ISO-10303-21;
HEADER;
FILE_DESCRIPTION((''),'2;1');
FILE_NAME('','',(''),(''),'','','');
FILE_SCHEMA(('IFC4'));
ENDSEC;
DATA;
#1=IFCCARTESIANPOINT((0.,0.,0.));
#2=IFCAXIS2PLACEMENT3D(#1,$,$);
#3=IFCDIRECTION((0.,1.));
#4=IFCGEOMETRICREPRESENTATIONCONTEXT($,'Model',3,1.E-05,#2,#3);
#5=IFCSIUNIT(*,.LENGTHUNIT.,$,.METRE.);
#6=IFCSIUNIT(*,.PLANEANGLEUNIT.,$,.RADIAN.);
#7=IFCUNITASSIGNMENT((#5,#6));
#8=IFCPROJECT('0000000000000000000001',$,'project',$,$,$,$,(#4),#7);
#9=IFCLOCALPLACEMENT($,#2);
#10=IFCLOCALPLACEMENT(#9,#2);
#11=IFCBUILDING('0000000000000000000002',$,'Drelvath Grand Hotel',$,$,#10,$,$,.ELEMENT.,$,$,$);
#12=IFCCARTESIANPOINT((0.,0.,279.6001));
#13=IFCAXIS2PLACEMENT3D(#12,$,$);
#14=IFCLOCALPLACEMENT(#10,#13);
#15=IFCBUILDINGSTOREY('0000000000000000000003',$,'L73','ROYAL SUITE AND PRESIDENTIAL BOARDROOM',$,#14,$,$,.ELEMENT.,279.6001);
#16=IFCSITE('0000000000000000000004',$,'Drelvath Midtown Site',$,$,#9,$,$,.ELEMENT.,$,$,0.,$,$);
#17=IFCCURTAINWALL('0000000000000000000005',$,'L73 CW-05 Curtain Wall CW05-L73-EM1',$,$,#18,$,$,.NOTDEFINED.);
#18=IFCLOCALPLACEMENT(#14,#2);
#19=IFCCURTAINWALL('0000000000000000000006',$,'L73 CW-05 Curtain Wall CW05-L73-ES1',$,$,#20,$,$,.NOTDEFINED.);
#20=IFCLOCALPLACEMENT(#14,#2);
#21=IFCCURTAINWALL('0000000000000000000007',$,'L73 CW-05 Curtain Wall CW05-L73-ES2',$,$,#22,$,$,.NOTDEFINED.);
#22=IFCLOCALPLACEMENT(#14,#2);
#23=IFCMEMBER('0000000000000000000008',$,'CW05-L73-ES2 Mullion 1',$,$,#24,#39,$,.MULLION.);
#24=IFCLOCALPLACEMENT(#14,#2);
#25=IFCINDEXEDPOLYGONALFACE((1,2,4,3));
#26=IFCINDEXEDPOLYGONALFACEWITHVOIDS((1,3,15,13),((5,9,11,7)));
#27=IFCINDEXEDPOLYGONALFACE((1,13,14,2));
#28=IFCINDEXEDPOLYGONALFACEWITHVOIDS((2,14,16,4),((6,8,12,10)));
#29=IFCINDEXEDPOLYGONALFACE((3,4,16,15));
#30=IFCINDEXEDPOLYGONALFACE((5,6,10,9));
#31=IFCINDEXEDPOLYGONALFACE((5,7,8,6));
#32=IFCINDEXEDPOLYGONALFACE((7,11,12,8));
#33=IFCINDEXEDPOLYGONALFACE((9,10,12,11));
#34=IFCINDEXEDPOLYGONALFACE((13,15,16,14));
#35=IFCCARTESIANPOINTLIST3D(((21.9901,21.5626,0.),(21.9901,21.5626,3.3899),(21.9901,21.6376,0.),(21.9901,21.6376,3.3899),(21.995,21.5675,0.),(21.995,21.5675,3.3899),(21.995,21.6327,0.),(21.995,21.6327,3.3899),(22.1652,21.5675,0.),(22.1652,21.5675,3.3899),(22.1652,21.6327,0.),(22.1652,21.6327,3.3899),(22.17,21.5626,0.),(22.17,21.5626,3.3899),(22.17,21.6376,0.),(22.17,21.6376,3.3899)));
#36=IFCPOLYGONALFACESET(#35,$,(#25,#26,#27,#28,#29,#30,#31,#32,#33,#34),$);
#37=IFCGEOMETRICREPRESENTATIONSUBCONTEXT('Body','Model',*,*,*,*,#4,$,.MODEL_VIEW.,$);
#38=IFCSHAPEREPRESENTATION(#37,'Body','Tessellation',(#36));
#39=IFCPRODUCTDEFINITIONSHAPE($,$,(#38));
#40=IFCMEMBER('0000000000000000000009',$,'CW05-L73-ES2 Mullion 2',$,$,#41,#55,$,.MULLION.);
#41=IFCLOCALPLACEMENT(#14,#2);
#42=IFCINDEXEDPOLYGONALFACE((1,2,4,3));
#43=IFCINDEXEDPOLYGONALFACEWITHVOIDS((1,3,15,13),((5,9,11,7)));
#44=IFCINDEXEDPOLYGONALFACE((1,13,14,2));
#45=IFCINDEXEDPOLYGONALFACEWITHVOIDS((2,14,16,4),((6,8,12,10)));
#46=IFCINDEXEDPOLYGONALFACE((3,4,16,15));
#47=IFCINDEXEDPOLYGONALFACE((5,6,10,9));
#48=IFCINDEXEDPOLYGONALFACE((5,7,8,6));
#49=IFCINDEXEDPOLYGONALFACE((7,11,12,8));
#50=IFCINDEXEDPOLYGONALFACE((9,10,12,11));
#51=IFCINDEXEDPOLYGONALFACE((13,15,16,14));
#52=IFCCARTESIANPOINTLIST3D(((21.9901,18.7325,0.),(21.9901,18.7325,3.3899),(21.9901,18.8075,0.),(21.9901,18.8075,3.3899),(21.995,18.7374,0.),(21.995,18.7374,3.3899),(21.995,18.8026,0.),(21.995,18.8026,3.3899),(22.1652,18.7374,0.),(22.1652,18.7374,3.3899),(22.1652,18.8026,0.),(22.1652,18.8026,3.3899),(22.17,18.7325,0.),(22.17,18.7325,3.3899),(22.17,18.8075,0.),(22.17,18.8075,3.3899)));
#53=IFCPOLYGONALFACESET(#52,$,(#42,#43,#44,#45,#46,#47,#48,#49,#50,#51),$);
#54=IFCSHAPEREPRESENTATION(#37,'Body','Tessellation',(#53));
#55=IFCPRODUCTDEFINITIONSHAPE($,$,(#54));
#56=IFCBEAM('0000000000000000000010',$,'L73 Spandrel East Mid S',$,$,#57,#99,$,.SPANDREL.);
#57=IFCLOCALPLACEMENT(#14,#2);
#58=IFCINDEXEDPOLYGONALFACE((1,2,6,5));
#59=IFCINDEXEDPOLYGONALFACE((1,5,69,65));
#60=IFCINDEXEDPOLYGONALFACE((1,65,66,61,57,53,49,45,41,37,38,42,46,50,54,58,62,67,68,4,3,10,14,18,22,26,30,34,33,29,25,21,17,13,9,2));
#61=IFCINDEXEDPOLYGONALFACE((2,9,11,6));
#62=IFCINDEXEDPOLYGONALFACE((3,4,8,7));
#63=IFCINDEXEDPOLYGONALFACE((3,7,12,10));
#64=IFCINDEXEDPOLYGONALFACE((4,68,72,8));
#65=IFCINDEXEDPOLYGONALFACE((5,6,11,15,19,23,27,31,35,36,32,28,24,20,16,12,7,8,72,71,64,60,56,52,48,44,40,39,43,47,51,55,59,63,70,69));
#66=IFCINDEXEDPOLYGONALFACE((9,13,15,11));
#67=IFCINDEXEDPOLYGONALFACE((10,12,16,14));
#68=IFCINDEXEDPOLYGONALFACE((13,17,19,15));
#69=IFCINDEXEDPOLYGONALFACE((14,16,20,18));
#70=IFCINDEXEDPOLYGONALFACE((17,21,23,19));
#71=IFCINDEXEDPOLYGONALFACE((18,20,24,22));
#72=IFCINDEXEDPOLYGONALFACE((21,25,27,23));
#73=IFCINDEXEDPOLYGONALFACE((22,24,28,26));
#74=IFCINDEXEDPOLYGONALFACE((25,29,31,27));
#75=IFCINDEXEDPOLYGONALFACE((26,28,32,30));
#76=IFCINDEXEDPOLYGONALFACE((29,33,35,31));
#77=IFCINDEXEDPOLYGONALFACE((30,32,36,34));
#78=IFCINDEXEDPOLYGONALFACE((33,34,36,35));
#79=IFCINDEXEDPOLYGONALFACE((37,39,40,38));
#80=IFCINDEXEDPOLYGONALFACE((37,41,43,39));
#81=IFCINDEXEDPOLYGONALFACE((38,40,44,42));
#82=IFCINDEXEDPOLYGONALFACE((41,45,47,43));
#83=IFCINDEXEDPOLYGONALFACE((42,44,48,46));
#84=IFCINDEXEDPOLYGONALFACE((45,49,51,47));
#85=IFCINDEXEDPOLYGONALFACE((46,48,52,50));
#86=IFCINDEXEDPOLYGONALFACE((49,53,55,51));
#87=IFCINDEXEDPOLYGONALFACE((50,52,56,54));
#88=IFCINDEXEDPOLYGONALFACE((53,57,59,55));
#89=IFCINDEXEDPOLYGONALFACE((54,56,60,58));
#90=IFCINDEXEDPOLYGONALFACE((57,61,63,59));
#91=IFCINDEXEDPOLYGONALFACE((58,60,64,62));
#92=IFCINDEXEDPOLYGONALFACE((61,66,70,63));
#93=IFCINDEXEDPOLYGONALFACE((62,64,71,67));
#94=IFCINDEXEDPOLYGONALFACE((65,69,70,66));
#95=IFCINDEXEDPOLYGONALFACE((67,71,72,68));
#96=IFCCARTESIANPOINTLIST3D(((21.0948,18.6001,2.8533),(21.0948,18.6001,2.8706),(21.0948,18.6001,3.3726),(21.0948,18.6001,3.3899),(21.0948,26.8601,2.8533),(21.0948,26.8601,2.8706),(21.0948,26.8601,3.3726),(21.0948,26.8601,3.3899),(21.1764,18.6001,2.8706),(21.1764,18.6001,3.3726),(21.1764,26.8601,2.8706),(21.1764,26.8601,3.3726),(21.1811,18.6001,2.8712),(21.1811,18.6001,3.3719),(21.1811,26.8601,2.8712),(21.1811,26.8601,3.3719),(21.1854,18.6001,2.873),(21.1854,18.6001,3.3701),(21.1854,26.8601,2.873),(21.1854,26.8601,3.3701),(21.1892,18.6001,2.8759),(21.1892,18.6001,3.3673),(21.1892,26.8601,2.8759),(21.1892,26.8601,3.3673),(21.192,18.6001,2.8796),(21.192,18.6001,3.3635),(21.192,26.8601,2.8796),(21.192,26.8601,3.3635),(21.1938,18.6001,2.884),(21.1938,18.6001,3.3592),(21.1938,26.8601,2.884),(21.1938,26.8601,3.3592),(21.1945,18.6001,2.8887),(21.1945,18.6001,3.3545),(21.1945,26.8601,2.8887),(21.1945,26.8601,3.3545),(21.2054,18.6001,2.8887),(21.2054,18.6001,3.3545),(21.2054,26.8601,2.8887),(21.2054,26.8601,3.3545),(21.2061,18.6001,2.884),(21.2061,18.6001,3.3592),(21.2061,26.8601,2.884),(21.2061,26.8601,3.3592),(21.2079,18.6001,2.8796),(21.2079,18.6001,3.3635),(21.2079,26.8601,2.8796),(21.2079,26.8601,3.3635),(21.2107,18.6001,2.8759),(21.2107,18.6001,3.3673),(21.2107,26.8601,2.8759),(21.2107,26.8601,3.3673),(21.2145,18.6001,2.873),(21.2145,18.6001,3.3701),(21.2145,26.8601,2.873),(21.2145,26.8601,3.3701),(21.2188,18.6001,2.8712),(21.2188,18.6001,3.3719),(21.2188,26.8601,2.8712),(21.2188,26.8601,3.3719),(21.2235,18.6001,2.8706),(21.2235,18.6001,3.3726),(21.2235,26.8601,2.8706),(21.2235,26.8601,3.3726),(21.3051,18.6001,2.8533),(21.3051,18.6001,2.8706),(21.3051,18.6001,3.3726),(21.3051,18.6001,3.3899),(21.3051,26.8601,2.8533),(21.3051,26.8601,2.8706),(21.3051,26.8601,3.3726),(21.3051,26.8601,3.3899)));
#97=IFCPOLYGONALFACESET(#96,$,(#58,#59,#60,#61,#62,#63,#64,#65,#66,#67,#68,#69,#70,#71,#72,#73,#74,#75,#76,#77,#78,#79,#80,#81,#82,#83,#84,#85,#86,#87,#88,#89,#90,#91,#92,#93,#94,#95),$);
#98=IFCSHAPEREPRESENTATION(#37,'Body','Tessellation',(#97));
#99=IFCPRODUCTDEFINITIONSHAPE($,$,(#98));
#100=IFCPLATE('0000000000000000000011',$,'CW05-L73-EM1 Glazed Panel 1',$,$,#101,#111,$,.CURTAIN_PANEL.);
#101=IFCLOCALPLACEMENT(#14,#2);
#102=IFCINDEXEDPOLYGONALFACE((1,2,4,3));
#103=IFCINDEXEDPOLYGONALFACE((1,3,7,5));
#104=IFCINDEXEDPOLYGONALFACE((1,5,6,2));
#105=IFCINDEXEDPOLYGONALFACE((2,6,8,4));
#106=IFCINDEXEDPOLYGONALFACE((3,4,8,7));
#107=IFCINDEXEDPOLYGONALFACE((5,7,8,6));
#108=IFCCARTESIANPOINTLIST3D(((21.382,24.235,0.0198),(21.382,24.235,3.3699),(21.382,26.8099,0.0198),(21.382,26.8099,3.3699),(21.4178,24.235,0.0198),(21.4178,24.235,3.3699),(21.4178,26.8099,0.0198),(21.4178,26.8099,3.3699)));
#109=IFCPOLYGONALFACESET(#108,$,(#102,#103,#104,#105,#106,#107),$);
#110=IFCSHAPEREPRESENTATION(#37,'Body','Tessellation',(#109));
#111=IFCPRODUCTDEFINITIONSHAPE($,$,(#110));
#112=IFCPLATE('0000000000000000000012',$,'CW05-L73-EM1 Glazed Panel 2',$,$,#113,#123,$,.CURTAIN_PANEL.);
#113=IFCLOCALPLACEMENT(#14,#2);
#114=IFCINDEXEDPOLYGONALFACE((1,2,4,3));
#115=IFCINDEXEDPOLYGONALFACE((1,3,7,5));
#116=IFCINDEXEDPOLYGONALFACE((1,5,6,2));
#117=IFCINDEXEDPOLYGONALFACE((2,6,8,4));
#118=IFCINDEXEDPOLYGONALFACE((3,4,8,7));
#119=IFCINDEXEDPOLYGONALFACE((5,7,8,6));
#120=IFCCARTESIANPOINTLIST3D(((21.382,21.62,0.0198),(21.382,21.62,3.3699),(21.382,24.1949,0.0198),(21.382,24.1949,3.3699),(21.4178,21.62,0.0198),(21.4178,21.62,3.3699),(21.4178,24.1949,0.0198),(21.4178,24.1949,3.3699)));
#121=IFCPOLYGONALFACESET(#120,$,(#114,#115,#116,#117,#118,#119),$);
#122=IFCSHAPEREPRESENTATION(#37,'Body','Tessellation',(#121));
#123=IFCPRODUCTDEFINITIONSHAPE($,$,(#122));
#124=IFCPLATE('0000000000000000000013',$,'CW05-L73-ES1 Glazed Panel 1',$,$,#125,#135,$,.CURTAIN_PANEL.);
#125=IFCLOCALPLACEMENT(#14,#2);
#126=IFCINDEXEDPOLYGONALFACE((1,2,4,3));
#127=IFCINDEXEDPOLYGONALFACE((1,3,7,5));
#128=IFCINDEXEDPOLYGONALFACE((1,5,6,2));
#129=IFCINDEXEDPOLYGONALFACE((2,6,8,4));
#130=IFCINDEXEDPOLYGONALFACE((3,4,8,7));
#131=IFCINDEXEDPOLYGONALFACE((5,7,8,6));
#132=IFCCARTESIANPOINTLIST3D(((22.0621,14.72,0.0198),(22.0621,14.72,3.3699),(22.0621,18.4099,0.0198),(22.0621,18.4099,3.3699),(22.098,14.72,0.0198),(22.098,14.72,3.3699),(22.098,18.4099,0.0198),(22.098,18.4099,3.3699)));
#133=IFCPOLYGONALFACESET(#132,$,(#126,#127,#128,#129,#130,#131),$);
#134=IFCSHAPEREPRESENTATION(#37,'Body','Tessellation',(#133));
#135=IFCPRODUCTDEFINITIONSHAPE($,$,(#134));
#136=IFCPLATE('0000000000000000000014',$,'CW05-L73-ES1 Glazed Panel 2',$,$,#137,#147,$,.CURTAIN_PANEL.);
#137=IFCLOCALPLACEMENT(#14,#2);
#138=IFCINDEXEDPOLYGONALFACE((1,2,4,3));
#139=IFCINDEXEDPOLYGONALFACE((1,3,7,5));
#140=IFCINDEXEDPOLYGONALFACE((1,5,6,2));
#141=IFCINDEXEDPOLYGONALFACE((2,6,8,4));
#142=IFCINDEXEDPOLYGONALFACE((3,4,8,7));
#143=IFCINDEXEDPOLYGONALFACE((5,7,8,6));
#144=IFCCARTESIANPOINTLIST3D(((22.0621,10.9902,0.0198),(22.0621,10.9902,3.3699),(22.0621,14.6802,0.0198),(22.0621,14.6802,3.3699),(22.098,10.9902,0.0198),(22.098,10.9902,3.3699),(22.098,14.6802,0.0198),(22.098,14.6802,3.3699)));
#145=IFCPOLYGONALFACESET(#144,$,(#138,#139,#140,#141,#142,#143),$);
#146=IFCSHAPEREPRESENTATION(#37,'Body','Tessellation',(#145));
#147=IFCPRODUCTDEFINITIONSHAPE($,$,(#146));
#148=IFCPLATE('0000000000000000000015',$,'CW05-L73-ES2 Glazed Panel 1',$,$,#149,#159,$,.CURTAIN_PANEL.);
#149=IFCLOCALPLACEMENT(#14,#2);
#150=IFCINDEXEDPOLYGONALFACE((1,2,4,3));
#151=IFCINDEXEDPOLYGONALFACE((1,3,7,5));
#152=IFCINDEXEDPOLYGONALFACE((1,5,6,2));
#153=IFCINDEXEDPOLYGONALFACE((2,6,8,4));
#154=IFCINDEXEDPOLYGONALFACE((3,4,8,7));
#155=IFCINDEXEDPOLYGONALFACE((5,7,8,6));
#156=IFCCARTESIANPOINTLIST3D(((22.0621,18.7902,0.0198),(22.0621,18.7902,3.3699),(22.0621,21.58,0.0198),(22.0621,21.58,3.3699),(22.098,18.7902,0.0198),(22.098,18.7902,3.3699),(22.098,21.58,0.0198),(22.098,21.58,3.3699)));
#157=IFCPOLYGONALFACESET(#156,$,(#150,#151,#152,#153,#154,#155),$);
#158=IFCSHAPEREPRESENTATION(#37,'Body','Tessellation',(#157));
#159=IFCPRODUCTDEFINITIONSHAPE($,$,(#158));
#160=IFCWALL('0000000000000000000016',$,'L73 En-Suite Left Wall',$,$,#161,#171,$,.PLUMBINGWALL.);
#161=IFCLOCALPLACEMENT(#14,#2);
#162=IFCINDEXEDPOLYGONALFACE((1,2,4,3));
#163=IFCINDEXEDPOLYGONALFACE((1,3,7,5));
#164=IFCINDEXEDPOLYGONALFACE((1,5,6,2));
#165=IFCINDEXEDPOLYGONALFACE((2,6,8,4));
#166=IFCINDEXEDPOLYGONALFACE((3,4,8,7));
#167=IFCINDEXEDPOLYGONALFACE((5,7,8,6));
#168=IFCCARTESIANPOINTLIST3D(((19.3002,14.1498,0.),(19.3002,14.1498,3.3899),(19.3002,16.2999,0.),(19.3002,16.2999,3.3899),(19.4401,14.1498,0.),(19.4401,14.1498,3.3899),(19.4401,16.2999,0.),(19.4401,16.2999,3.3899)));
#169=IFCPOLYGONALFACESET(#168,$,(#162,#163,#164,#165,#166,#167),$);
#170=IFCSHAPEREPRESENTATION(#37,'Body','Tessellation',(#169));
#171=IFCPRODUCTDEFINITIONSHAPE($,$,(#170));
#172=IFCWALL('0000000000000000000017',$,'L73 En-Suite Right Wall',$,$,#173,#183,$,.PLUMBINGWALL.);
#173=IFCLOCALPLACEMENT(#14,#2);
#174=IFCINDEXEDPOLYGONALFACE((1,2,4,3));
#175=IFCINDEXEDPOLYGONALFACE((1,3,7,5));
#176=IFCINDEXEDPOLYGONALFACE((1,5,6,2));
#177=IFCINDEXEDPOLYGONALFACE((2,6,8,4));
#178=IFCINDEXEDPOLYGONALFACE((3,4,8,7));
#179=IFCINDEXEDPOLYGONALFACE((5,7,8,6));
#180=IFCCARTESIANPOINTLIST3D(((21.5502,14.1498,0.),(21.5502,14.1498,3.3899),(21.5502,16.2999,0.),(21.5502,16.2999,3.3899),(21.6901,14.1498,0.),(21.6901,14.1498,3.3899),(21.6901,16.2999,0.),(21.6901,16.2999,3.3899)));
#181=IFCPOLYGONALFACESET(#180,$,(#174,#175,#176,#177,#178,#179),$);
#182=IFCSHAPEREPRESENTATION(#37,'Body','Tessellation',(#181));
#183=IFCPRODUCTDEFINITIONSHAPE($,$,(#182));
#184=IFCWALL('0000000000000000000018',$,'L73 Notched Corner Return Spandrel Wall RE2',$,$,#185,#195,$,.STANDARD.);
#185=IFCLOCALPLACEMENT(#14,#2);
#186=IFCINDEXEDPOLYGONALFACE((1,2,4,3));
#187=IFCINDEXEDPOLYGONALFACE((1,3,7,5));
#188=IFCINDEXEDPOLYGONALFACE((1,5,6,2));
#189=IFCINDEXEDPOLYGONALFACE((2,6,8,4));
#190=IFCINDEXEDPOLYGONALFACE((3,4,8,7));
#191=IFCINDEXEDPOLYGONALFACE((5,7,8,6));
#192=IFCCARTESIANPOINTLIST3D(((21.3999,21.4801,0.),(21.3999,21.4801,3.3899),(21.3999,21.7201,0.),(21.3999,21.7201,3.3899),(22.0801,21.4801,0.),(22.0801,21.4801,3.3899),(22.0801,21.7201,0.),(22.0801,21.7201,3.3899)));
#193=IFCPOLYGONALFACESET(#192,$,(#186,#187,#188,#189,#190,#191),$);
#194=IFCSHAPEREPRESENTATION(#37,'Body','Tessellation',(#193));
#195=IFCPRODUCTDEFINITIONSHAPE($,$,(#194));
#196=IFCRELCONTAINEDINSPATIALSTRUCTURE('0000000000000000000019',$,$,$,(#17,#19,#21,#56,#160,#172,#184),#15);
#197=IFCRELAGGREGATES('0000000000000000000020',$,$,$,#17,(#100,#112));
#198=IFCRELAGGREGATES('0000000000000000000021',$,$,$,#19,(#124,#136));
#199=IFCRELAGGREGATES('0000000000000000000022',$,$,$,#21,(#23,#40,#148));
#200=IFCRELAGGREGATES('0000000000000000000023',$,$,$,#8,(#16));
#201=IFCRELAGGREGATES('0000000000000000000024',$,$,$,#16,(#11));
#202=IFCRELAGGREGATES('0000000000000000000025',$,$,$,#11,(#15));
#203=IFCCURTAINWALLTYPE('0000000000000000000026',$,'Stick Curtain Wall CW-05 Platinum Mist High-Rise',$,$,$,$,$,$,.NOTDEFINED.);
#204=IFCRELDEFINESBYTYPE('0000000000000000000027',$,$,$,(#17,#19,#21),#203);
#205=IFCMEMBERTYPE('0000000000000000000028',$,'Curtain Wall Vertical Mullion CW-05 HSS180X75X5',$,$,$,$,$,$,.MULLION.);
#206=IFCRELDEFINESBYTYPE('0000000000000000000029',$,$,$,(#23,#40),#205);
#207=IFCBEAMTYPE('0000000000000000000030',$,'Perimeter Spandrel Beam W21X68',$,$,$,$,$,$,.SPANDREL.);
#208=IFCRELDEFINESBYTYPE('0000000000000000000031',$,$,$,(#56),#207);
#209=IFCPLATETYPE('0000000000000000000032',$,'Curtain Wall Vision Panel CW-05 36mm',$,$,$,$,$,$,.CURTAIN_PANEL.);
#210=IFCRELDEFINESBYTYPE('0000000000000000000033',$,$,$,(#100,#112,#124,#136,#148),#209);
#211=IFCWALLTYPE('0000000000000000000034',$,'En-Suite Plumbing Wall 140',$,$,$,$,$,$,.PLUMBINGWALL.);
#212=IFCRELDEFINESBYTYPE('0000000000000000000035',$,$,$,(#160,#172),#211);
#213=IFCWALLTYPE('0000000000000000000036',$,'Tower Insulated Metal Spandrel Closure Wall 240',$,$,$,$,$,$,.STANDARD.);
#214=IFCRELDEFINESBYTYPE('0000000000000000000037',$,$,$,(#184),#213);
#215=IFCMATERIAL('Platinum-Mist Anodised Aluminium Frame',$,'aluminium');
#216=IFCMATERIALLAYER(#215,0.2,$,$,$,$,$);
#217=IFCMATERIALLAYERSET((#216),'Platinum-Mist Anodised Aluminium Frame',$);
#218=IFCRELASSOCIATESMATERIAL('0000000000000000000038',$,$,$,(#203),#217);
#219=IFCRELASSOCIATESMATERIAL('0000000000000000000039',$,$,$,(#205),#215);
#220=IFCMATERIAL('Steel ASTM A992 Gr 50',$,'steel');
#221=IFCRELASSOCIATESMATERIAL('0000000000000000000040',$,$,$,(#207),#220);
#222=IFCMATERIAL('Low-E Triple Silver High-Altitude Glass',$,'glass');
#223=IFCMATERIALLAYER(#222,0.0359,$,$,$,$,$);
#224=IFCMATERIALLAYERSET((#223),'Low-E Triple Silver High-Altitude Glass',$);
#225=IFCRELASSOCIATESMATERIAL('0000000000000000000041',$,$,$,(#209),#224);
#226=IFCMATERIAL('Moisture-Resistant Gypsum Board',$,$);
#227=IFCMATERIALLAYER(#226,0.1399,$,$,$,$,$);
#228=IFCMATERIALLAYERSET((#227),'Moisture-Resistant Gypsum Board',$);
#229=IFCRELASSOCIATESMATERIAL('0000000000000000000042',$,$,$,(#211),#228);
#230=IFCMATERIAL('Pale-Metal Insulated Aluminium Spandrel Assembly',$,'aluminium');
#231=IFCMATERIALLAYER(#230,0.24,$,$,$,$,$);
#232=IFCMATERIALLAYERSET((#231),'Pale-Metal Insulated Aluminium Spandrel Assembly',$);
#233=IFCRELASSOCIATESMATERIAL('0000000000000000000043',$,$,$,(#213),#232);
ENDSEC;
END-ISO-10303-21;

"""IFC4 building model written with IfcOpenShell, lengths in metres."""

from ifc_helpers import new_model, si_unit, direction, frame, frame_2d, origin, origin_2d, place, context, subcontext, project, spatial, rectangle, hollow_rectangle, i_section, extrude, material, layer, layer_set, material_profile, profile_set, type_object, element, aggregate, save


model = new_model("IFC4")

# Units and contexts
model_context = context("Model", 3, precision=1e-05, world=origin(), true_north=direction((0.0, 1.0)))
body_context = subcontext(model_context, "Body", "Model", "MODEL_VIEW")
ifc_project = project(units=[si_unit("LENGTHUNIT", "METRE"), si_unit("PLANEANGLEUNIT", "RADIAN")], contexts=[model_context])

# Site, building, storey
site_placement = place(None, origin())
site = spatial("IfcSite", under=ifc_project, at=site_placement, Name="Drelvath Midtown Site", CompositionType="ELEMENT", RefElevation=0.0)
building_placement = place(site_placement, origin())
building = spatial("IfcBuilding", under=site, at=building_placement, Name="Drelvath Grand Hotel", CompositionType="ELEMENT")
storey_placement = place(building_placement, frame((0.0, 0.0, 279.6001)))
storey = spatial("IfcBuildingStorey", under=building, at=storey_placement, Name="L73", Description="ROYAL SUITE AND PRESIDENTIAL BOARDROOM", CompositionType="ELEMENT", Elevation=279.6001)

# Curtain walls
ifc_material_1 = material(Name="Platinum-Mist Anodised Aluminium Frame", Category="aluminium")
ifc_layer_1 = layer(ifc_material_1, 0.2)
ifc_layer_set_1 = layer_set([ifc_layer_1], Name="Platinum-Mist Anodised Aluminium Frame")
curtain_wall_type = type_object("IfcCurtainWallType", Name="Stick Curtain Wall CW-05 Platinum Mist High-Rise", PredefinedType="NOTDEFINED", material=ifc_layer_set_1)
curtain_wall_1_placement = place(storey_placement, origin())
curtain_wall_1 = element("IfcCurtainWall", 1, at=curtain_wall_1_placement, inside=storey, type_object=curtain_wall_type, Name="L73 CW-05 Curtain Wall CW05-L73-EM1", PredefinedType="NOTDEFINED")
curtain_wall_2_placement = place(storey_placement, origin())
curtain_wall_2 = element("IfcCurtainWall", 2, at=curtain_wall_2_placement, inside=storey, type_object=curtain_wall_type, Name="L73 CW-05 Curtain Wall CW05-L73-ES1", PredefinedType="NOTDEFINED")
curtain_wall_3_placement = place(storey_placement, origin())
curtain_wall_3 = element("IfcCurtainWall", 3, at=curtain_wall_3_placement, inside=storey, type_object=curtain_wall_type, Name="L73 CW-05 Curtain Wall CW05-L73-ES2", PredefinedType="NOTDEFINED")

# Members
ifc_material_profile_1 = material_profile(ifc_material_1, hollow_rectangle(XDim=0.075, YDim=0.1799, WallThickness=0.0049, at=origin_2d()), Name="HSS180X75X5")
ifc_profile_set_1 = profile_set([ifc_material_profile_1], Name="Platinum-Mist Anodised Aluminium Frame")
member_type_1 = type_object("IfcMemberType", Name="Curtain Wall Vertical Mullion CW-05 HSS180X75X5", PredefinedType="MULLION", material=ifc_profile_set_1)
member_1_placement = place(storey_placement, frame((22.0801, 21.6001, 0.0), z_axis=(0.0, 0.0, 1.0), x_axis=(0.0, 1.0, 0.0)))
member_1 = element("IfcMember", 4, at=member_1_placement, type_object=member_type_1, Name="CW05-L73-ES2 Mullion 1", PredefinedType="MULLION", context=body_context, shape_type="SweptSolid", body=[
    extrude(hollow_rectangle(XDim=0.075, YDim=0.1799, WallThickness=0.0049, at=origin_2d()), origin(), (0.0, 0.0, 1.0), 3.3899),
])
member_2_placement = place(storey_placement, frame((22.0801, 18.77, 0.0), z_axis=(0.0, 0.0, 1.0), x_axis=(0.0, 1.0, 0.0)))
member_2 = element("IfcMember", 5, at=member_2_placement, type_object=member_type_1, Name="CW05-L73-ES2 Mullion 2", PredefinedType="MULLION", context=body_context, shape_type="SweptSolid", body=[
    extrude(hollow_rectangle(XDim=0.075, YDim=0.1799, WallThickness=0.0049, at=origin_2d()), origin(), (0.0, 0.0, 1.0), 3.3899),
])

# Beam
ifc_material_2 = material(Name="Steel ASTM A992 Gr 50", Category="steel")
ifc_material_profile_2 = material_profile(ifc_material_2, i_section(OverallWidth=0.2102, OverallDepth=0.5366, WebThickness=0.011, FlangeThickness=0.0173, FilletRadius=0.0181, at=origin_2d()), Name="W21X68")
ifc_profile_set_2 = profile_set([ifc_material_profile_2], Name="Steel ASTM A992 Gr 50")
beam_type = type_object("IfcBeamType", Name="Perimeter Spandrel Beam W21X68", PredefinedType="SPANDREL", material=ifc_profile_set_2)
beam_placement = place(storey_placement, frame((21.2, 18.6001, 3.1216), z_axis=(0.0, 1.0, 0.0), x_axis=(-1.0, 0.0, 0.0)))
element("IfcBeam", 6, at=beam_placement, inside=storey, type_object=beam_type, Name="L73 Spandrel East Mid S", PredefinedType="SPANDREL", context=body_context, shape_type="SweptSolid", body=[
    extrude(i_section(OverallWidth=0.2102, OverallDepth=0.5366, WebThickness=0.011, FlangeThickness=0.0173, FilletRadius=0.0181, at=origin_2d()), origin(), (0.0, 0.0, 1.0), 8.26),
])

# Plates
ifc_material_3 = material(Name="Low-E Triple Silver High-Altitude Glass", Category="glass")
ifc_layer_2 = layer(ifc_material_3, 0.0359)
ifc_layer_set_2 = layer_set([ifc_layer_2], Name="Low-E Triple Silver High-Altitude Glass")
plate_type = type_object("IfcPlateType", Name="Curtain Wall Vision Panel CW-05 36mm", PredefinedType="CURTAIN_PANEL", material=ifc_layer_set_2)
plate_1_placement = place(storey_placement, frame((21.3999, 25.5225, 0.0198), z_axis=(0.0, 0.0, 1.0), x_axis=(0.0, -1.0, 0.0)))
plate_1 = element("IfcPlate", 7, at=plate_1_placement, type_object=plate_type, Name="CW05-L73-EM1 Glazed Panel 1", PredefinedType="CURTAIN_PANEL", context=body_context, shape_type="SweptSolid", body=[
    extrude(rectangle(XDim=2.575, YDim=0.0359, at=origin_2d()), origin(), (0.0, 0.0, 1.0), 3.3501),
])
plate_2_placement = place(storey_placement, frame((21.3999, 22.9075, 0.0198), z_axis=(0.0, 0.0, 1.0), x_axis=(0.0, -1.0, 0.0)))
plate_2 = element("IfcPlate", 8, at=plate_2_placement, type_object=plate_type, Name="CW05-L73-EM1 Glazed Panel 2", PredefinedType="CURTAIN_PANEL", context=body_context, shape_type="SweptSolid", body=[
    extrude(rectangle(XDim=2.575, YDim=0.0359, at=origin_2d()), origin(), (0.0, 0.0, 1.0), 3.3501),
])
aggregate(curtain_wall_1, [plate_1, plate_2])
plate_3_placement = place(storey_placement, frame((22.0801, 16.5649, 0.0198), z_axis=(0.0, 0.0, 1.0), x_axis=(0.0, -1.0, 0.0)))
plate_3 = element("IfcPlate", 9, at=plate_3_placement, type_object=plate_type, Name="CW05-L73-ES1 Glazed Panel 1", PredefinedType="CURTAIN_PANEL", context=body_context, shape_type="SweptSolid", body=[
    extrude(rectangle(XDim=3.6899, YDim=0.0359, at=origin_2d()), origin(), (0.0, 0.0, 1.0), 3.3501),
])
plate_4_placement = place(storey_placement, frame((22.0801, 12.8352, 0.0198), z_axis=(0.0, 0.0, 1.0), x_axis=(0.0, -1.0, 0.0)))
plate_4 = element("IfcPlate", 10, at=plate_4_placement, type_object=plate_type, Name="CW05-L73-ES1 Glazed Panel 2", PredefinedType="CURTAIN_PANEL", context=body_context, shape_type="SweptSolid", body=[
    extrude(rectangle(XDim=3.6899, YDim=0.0359, at=origin_2d()), origin(), (0.0, 0.0, 1.0), 3.3501),
])
aggregate(curtain_wall_2, [plate_3, plate_4])
plate_5_placement = place(storey_placement, frame((22.0801, 20.1851, 0.0198), z_axis=(0.0, 0.0, 1.0), x_axis=(0.0, -1.0, 0.0)))
plate_5 = element("IfcPlate", 11, at=plate_5_placement, type_object=plate_type, Name="CW05-L73-ES2 Glazed Panel 1", PredefinedType="CURTAIN_PANEL", context=body_context, shape_type="SweptSolid", body=[
    extrude(rectangle(XDim=2.7898, YDim=0.0359, at=origin_2d()), origin(), (0.0, 0.0, 1.0), 3.3501),
])
aggregate(curtain_wall_3, [member_1, member_2, plate_5])

# Walls
ifc_material_4 = material(Name="Moisture-Resistant Gypsum Board")
ifc_layer_3 = layer(ifc_material_4, 0.1399)
ifc_layer_set_3 = layer_set([ifc_layer_3], Name="Moisture-Resistant Gypsum Board")
wall_type_1 = type_object("IfcWallType", Name="En-Suite Plumbing Wall 140", PredefinedType="PLUMBINGWALL", material=ifc_layer_set_3)
for number, where, z_axis, x_axis, name in (
    (12, (19.3701, 16.3, 0.0), (0.0, 0.0, 1.0), (0.0, -1.0, 0.0), "L73 En-Suite Left Wall"),
    (13, (21.6201, 16.3, 0.0), (0.0, 0.0, 1.0), (0.0, -1.0, 0.0), "L73 En-Suite Right Wall"),
):
    element("IfcWall", number, at=place(storey_placement, frame(where, z_axis=z_axis, x_axis=x_axis)), inside=storey, type_object=wall_type_1, Name=name, PredefinedType="PLUMBINGWALL", context=body_context, shape_type="SweptSolid", body=[
        extrude(rectangle(XDim=2.1501, YDim=0.1399, at=frame_2d((1.0752, 0.0))), origin(), (0.0, 0.0, 1.0), 3.3899),
    ])
ifc_material_5 = material(Name="Pale-Metal Insulated Aluminium Spandrel Assembly", Category="aluminium")
ifc_layer_4 = layer(ifc_material_5, 0.24)
ifc_layer_set_4 = layer_set([ifc_layer_4], Name="Pale-Metal Insulated Aluminium Spandrel Assembly")
wall_type_2 = type_object("IfcWallType", Name="Tower Insulated Metal Spandrel Closure Wall 240", PredefinedType="STANDARD", material=ifc_layer_set_4)
wall_placement = place(storey_placement, frame((21.3999, 21.6001, 0.0), z_axis=(0.0, 0.0, 1.0), x_axis=(1.0, 0.0, 0.0)))
element("IfcWall", 14, at=wall_placement, inside=storey, type_object=wall_type_2, Name="L73 Notched Corner Return Spandrel Wall RE2", PredefinedType="STANDARD", context=body_context, shape_type="SweptSolid", body=[
    extrude(rectangle(XDim=0.6802, YDim=0.24, at=frame_2d((0.3401, 0.0))), origin(), (0.0, 0.0, 1.0), 3.3899),
])

save(model, "model.ifc")
